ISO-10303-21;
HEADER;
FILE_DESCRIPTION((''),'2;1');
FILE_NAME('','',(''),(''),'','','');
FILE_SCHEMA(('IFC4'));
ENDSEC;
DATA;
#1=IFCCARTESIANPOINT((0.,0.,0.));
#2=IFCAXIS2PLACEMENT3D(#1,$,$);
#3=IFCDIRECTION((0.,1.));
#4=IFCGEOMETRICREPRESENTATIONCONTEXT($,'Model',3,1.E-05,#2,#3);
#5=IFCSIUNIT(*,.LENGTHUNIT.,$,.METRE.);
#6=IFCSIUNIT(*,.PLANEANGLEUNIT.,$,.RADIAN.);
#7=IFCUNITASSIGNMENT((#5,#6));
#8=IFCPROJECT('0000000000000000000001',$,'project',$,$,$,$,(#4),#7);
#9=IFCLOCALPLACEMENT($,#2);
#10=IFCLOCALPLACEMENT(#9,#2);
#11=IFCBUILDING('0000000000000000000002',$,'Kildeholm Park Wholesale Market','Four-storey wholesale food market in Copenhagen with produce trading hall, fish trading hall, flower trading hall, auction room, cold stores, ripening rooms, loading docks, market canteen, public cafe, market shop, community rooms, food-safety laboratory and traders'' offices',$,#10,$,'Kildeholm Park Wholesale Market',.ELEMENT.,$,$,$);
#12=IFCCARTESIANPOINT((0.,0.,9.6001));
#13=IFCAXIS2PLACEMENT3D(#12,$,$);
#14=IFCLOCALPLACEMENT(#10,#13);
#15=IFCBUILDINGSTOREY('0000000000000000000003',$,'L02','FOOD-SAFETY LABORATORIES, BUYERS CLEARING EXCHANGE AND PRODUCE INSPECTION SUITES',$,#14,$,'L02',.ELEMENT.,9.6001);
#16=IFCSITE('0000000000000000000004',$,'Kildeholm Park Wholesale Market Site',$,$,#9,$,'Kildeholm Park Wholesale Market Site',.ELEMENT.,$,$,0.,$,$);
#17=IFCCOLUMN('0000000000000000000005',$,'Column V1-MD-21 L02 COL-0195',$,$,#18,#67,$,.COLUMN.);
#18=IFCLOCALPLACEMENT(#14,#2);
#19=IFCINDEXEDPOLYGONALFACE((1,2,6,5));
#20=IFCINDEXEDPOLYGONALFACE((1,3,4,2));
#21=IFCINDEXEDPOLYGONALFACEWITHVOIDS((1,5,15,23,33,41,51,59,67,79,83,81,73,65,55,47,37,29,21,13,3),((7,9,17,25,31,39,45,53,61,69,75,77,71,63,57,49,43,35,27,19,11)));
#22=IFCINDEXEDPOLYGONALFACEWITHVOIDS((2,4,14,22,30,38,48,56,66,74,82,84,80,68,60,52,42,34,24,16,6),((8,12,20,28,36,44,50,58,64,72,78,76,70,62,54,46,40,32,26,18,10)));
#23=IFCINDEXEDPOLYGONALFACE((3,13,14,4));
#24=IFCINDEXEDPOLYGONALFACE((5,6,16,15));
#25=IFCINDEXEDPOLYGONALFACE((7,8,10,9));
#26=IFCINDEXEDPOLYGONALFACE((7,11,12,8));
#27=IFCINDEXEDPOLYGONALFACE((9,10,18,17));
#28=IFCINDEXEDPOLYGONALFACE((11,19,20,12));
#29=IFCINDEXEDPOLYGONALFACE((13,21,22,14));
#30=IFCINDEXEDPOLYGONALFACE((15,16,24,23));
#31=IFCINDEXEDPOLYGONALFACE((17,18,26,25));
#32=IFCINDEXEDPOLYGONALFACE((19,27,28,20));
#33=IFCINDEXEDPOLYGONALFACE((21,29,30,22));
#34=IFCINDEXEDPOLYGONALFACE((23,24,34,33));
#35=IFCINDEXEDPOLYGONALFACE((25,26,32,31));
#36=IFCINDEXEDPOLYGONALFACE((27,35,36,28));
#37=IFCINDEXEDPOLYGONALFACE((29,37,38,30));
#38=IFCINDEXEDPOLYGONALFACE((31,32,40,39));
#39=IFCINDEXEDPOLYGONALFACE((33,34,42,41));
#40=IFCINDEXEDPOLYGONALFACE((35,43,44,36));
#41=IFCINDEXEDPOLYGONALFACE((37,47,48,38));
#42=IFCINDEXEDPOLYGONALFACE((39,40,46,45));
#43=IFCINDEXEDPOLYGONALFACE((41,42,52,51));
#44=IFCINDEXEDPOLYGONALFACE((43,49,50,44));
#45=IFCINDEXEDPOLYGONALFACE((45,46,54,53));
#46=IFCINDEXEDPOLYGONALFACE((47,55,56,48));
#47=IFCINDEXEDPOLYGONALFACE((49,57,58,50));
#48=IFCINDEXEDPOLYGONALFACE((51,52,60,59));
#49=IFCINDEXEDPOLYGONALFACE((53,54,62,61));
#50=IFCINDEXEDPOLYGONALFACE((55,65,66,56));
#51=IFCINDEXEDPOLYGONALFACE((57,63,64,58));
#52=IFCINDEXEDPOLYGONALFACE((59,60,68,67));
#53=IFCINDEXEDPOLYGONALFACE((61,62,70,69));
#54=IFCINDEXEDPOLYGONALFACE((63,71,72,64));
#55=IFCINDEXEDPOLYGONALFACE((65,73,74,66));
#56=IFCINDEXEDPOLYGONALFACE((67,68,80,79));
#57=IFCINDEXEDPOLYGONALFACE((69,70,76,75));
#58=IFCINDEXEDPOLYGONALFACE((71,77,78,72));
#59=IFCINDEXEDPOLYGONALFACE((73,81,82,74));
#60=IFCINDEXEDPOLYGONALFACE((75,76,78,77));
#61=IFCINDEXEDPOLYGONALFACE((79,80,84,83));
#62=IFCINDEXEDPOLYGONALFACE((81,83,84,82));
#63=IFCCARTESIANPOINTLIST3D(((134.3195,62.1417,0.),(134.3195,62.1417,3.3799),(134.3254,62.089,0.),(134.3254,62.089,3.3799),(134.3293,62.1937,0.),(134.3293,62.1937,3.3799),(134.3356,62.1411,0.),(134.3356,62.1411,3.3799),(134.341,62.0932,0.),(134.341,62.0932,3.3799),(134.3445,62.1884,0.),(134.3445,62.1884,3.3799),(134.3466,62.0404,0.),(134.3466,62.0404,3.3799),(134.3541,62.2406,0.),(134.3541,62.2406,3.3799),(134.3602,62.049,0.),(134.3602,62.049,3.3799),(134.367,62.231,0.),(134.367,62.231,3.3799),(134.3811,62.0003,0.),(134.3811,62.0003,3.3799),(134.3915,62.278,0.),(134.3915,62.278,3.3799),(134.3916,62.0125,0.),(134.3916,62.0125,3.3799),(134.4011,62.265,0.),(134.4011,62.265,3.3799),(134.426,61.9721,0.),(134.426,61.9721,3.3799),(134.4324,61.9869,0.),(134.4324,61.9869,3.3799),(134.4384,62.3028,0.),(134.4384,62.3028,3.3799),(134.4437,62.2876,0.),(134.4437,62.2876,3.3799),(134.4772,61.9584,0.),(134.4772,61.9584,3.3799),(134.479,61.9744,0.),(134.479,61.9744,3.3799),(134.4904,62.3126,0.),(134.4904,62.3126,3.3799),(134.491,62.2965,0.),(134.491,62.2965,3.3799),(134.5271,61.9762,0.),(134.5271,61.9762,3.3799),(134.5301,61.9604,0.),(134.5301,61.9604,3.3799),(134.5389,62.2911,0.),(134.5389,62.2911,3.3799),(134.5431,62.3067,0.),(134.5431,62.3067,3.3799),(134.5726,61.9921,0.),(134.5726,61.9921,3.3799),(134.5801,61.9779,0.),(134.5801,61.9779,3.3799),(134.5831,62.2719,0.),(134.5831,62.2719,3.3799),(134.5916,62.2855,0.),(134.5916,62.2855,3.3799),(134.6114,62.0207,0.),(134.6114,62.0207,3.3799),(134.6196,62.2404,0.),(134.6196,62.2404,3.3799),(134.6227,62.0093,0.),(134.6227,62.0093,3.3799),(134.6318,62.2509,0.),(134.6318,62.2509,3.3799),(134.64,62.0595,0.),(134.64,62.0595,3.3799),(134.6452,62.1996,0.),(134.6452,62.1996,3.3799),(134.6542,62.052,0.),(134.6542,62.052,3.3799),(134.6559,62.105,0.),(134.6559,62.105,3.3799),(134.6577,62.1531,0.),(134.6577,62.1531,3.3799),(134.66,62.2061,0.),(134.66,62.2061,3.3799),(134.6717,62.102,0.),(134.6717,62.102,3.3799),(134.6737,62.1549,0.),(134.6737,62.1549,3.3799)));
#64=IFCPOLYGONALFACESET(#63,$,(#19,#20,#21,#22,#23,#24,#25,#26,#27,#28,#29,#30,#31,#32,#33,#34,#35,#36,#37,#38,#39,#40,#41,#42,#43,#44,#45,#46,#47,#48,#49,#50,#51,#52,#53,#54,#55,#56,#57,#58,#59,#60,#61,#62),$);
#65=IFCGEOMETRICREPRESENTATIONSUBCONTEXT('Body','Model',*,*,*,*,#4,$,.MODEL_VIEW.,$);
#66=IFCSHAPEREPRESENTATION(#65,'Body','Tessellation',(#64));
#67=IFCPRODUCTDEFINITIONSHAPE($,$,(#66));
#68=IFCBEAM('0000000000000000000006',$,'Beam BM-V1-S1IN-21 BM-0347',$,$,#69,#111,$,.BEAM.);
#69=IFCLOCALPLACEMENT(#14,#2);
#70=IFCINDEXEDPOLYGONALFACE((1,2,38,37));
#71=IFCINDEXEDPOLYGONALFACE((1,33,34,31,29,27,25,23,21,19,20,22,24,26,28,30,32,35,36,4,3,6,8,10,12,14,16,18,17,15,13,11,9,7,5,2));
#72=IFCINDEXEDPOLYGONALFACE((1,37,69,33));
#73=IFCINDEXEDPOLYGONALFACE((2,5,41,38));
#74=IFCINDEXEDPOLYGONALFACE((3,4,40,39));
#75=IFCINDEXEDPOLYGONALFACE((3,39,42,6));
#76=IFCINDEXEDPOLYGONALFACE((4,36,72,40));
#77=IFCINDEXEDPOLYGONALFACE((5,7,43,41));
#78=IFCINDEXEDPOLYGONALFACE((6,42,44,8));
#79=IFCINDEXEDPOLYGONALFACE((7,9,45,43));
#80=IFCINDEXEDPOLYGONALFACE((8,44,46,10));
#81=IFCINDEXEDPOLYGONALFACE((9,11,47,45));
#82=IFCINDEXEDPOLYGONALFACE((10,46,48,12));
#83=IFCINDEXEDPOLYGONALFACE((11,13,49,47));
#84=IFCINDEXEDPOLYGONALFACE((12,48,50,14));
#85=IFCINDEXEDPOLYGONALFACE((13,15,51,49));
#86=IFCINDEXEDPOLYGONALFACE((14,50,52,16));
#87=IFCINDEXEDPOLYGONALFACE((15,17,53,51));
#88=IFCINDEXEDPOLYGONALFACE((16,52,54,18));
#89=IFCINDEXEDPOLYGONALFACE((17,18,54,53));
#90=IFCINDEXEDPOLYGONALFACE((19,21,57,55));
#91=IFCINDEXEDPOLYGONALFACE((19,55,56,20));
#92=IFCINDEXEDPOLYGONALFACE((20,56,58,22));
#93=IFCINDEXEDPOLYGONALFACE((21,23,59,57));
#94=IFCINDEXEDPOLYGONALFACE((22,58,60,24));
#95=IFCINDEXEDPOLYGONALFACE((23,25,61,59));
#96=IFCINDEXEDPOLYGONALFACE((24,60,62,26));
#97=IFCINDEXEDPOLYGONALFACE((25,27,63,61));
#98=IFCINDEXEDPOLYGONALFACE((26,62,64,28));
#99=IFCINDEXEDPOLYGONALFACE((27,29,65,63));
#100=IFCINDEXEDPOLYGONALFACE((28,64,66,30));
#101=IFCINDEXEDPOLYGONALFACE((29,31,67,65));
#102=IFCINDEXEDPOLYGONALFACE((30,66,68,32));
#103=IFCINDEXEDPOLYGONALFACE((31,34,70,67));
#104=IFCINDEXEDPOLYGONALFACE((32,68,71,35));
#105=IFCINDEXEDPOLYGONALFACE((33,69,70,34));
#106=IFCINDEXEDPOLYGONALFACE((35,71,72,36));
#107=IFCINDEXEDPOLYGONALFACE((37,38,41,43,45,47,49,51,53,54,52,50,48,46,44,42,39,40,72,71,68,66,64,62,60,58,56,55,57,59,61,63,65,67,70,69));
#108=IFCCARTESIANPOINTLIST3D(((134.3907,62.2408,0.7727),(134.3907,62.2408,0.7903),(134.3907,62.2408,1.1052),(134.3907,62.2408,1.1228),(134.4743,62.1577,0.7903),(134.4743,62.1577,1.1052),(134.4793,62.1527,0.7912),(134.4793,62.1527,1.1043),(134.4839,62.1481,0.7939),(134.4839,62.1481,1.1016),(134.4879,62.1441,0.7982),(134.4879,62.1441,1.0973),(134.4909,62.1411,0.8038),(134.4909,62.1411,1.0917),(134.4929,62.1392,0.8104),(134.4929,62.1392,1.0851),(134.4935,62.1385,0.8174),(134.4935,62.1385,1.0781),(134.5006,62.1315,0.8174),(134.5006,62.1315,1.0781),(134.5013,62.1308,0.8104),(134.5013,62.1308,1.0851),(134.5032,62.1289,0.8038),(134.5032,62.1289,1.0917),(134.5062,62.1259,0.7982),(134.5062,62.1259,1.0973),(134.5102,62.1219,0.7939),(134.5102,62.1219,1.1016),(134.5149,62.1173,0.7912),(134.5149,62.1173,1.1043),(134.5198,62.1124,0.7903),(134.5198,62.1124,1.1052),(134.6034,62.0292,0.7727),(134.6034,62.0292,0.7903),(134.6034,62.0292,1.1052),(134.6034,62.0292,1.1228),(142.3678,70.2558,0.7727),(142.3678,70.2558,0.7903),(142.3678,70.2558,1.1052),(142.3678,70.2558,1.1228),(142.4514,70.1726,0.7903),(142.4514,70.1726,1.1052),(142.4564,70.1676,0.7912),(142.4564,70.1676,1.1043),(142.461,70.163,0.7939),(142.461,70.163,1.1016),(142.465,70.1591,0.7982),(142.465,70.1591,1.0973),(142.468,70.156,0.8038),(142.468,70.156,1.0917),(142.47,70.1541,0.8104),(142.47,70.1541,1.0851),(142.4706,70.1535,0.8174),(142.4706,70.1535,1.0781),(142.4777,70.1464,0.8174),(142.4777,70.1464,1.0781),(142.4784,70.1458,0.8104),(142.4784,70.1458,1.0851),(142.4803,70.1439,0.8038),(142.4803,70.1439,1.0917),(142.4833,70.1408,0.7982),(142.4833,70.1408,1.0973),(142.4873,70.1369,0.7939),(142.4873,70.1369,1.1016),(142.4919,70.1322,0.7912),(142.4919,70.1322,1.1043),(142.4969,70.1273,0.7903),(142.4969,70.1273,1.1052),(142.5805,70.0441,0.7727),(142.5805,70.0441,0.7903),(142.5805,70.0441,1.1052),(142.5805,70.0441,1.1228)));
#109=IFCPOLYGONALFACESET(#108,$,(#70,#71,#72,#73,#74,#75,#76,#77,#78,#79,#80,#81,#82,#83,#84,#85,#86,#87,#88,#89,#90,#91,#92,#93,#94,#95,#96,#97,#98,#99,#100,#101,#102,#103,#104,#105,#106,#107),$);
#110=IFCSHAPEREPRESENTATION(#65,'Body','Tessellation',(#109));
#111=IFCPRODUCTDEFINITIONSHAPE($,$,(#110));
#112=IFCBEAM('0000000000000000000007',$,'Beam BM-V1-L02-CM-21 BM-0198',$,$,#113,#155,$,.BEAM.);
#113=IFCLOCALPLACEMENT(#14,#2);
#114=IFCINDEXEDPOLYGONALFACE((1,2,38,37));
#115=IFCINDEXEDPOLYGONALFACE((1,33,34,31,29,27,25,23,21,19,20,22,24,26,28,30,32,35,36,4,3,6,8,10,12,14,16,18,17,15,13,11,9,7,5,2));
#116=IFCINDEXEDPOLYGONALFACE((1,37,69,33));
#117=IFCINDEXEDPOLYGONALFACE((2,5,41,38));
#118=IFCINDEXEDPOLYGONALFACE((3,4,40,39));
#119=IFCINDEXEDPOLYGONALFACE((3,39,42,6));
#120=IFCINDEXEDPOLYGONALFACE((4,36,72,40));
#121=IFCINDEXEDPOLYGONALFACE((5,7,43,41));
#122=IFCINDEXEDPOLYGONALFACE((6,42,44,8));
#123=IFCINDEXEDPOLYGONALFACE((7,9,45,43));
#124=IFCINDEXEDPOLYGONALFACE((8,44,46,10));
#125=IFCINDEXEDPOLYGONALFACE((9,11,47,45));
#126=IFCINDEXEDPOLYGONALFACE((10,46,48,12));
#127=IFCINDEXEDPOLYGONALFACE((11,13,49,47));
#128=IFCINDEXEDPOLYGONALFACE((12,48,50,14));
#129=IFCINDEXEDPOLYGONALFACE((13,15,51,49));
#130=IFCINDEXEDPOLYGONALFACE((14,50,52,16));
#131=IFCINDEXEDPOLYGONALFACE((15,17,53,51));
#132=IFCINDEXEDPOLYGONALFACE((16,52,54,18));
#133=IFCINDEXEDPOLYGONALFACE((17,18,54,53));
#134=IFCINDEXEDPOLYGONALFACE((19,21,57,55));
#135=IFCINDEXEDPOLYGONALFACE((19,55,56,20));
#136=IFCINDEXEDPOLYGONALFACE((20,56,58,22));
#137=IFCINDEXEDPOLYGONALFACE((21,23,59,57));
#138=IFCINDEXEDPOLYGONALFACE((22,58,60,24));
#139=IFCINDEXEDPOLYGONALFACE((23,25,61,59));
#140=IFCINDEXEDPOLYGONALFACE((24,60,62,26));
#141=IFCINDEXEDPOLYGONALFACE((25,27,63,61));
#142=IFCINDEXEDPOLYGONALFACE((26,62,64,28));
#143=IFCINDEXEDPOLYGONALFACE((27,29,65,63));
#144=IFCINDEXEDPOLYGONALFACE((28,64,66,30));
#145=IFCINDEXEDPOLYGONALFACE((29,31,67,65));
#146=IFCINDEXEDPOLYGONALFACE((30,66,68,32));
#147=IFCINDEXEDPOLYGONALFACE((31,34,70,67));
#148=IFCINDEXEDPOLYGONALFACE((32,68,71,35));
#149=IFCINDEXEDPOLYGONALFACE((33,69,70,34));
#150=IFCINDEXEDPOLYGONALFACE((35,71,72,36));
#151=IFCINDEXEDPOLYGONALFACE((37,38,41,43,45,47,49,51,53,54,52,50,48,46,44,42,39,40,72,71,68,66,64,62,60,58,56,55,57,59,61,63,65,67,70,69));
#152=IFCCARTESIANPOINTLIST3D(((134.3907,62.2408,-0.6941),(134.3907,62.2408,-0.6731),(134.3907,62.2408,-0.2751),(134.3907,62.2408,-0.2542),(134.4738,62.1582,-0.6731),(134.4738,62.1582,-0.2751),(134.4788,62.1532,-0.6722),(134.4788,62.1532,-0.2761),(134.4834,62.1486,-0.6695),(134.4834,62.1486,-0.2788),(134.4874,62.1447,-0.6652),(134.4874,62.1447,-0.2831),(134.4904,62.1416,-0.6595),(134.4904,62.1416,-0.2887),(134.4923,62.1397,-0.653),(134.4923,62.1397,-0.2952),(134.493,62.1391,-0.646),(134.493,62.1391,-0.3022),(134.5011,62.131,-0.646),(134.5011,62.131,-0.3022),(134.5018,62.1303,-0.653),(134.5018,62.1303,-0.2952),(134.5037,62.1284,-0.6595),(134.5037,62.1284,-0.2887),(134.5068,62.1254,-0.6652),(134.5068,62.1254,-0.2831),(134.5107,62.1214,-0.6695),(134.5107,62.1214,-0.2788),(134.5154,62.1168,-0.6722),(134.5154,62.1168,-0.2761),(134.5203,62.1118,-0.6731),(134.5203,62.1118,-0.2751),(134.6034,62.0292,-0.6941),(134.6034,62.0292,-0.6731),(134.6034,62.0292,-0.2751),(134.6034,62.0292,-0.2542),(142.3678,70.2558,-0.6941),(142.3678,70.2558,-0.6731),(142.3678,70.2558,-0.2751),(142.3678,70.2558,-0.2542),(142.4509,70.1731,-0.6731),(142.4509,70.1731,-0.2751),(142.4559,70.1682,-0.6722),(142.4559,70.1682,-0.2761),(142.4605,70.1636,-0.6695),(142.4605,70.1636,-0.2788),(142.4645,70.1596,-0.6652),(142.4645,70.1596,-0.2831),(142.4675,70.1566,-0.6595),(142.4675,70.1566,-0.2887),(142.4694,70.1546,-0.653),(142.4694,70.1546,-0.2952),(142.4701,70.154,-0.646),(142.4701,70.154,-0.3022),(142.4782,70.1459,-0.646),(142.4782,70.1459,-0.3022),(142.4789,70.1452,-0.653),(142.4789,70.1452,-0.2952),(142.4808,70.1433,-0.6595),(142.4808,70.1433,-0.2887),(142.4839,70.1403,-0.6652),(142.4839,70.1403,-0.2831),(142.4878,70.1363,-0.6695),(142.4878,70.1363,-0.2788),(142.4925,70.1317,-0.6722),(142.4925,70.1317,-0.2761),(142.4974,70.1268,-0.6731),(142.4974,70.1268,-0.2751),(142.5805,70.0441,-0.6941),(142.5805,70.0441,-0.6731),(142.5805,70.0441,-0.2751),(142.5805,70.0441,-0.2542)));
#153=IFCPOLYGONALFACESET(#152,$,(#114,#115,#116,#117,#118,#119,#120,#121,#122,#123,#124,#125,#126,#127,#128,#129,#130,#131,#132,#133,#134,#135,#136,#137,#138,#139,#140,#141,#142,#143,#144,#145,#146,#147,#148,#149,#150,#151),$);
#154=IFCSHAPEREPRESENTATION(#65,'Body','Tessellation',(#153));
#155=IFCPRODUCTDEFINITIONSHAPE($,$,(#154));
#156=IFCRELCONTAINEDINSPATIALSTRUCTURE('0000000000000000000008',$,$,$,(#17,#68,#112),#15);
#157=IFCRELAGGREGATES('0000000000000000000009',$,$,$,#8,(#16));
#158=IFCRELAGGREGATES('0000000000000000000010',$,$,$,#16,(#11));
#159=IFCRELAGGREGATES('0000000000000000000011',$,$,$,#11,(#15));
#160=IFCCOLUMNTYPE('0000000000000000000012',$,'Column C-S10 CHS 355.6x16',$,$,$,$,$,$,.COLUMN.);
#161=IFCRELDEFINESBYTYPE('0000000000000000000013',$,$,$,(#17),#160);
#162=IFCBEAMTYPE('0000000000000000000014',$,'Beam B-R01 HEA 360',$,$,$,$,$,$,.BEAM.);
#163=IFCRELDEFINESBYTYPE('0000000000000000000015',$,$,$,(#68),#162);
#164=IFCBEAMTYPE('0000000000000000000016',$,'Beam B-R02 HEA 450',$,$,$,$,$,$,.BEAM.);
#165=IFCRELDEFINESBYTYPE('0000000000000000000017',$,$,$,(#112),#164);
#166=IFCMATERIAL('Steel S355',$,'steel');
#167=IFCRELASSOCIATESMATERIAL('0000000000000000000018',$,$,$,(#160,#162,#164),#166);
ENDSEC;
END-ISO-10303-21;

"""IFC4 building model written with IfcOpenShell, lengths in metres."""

from ifc_helpers import new_model, si_unit, direction, frame, origin, origin_2d, place, context, subcontext, project, spatial, hollow_circle, i_section, extrude, material, material_profile, profile_set, type_object, element, save


model = new_model("IFC4")

# Units and contexts
model_context = context("Model", 3, precision=1e-05, world=origin(), true_north=direction((0.0, 1.0)))
body_context = subcontext(model_context, "Body", "Model", "MODEL_VIEW")
ifc_project = project(units=[si_unit("LENGTHUNIT", "METRE"), si_unit("PLANEANGLEUNIT", "RADIAN")], contexts=[model_context])

# Site, building, storey
site_placement = place(None, origin())
site = spatial("IfcSite", under=ifc_project, at=site_placement, Name="Kildeholm Park Wholesale Market Site", LongName="Kildeholm Park Wholesale Market Site", CompositionType="ELEMENT", RefElevation=0.0)
building_placement = place(site_placement, origin())
building = spatial("IfcBuilding", under=site, at=building_placement, Name="Kildeholm Park Wholesale Market", Description="Four-storey wholesale food market in Copenhagen with produce trading hall, fish trading hall, flower trading hall, auction room, cold stores, ripening rooms, loading docks, market canteen, public cafe, market shop, community rooms, food-safety laboratory and traders' offices", LongName="Kildeholm Park Wholesale Market", CompositionType="ELEMENT")
storey_placement = place(building_placement, frame((0.0, 0.0, 9.6001)))
storey = spatial("IfcBuildingStorey", under=building, at=storey_placement, Name="L02", Description="FOOD-SAFETY LABORATORIES, BUYERS CLEARING EXCHANGE AND PRODUCE INSPECTION SUITES", LongName="L02", CompositionType="ELEMENT", Elevation=9.6001)

# Column
ifc_material_1 = material(Name="Steel S355", Category="steel")
ifc_material_profile_1 = material_profile(ifc_material_1, hollow_circle(Radius=0.1777, WallThickness=0.0161, at=origin_2d()), Name="CHS 355.6x16")
ifc_profile_set_1 = profile_set([ifc_material_profile_1], Name="Steel S355")
column_type = type_object("IfcColumnType", Name="Column C-S10 CHS 355.6x16", PredefinedType="COLUMN", material=ifc_profile_set_1)
column_placement = place(storey_placement, frame((134.4971, 62.135, 0.0), z_axis=(0.0, 0.0, 1.0), x_axis=(0.707107, -0.707107, 0.0)))
element("IfcColumn", 1, at=column_placement, inside=storey, type_object=column_type, Name="Column V1-MD-21 L02 COL-0195", PredefinedType="COLUMN", context=body_context, shape_type="SweptSolid", body=[
    extrude(hollow_circle(Radius=0.1777, WallThickness=0.0161, at=origin_2d()), origin(), (0.0, 0.0, 1.0), 3.3799),
])

# Beams
ifc_material_profile_2 = material_profile(ifc_material_1, i_section(OverallWidth=0.3, OverallDepth=0.3501, WebThickness=0.01, FlangeThickness=0.0176, FilletRadius=0.0271, at=origin_2d()), Name="HEA 360")
ifc_profile_set_2 = profile_set([ifc_material_profile_2], Name="Steel S355")
beam_type_1 = type_object("IfcBeamType", Name="Beam B-R01 HEA 360", PredefinedType="BEAM", material=ifc_profile_set_2)
beam_1_placement = place(storey_placement, frame((134.4971, 62.135, 0.9478), z_axis=(0.705432, 0.708778, 0.0), x_axis=(-0.708778, 0.705432, 0.0)))
element("IfcBeam", 2, at=beam_1_placement, inside=storey, type_object=beam_type_1, Name="Beam BM-V1-S1IN-21 BM-0347", PredefinedType="BEAM", context=body_context, shape_type="SweptSolid", body=[
    extrude(i_section(OverallWidth=0.3, OverallDepth=0.3501, WebThickness=0.01, FlangeThickness=0.0176, FilletRadius=0.0271, at=origin_2d()), origin(), (0.0, 0.0, 1.0), 11.3081),
])
ifc_material_profile_3 = material_profile(ifc_material_1, i_section(OverallWidth=0.3, OverallDepth=0.4399, WebThickness=0.0115, FlangeThickness=0.021, FilletRadius=0.0271, at=origin_2d()), Name="HEA 450")
ifc_profile_set_3 = profile_set([ifc_material_profile_3], Name="Steel S355")
beam_type_2 = type_object("IfcBeamType", Name="Beam B-R02 HEA 450", PredefinedType="BEAM", material=ifc_profile_set_3)
beam_2_placement = place(storey_placement, frame((134.4971, 62.135, -0.4741), z_axis=(0.705432, 0.708778, 0.0), x_axis=(-0.708778, 0.705432, 0.0)))
element("IfcBeam", 3, at=beam_2_placement, inside=storey, type_object=beam_type_2, Name="Beam BM-V1-L02-CM-21 BM-0198", PredefinedType="BEAM", context=body_context, shape_type="SweptSolid", body=[
    extrude(i_section(OverallWidth=0.3, OverallDepth=0.4399, WebThickness=0.0115, FlangeThickness=0.021, FilletRadius=0.0271, at=origin_2d()), origin(), (0.0, 0.0, 1.0), 11.3081),
])

save(model, "model.ifc")
